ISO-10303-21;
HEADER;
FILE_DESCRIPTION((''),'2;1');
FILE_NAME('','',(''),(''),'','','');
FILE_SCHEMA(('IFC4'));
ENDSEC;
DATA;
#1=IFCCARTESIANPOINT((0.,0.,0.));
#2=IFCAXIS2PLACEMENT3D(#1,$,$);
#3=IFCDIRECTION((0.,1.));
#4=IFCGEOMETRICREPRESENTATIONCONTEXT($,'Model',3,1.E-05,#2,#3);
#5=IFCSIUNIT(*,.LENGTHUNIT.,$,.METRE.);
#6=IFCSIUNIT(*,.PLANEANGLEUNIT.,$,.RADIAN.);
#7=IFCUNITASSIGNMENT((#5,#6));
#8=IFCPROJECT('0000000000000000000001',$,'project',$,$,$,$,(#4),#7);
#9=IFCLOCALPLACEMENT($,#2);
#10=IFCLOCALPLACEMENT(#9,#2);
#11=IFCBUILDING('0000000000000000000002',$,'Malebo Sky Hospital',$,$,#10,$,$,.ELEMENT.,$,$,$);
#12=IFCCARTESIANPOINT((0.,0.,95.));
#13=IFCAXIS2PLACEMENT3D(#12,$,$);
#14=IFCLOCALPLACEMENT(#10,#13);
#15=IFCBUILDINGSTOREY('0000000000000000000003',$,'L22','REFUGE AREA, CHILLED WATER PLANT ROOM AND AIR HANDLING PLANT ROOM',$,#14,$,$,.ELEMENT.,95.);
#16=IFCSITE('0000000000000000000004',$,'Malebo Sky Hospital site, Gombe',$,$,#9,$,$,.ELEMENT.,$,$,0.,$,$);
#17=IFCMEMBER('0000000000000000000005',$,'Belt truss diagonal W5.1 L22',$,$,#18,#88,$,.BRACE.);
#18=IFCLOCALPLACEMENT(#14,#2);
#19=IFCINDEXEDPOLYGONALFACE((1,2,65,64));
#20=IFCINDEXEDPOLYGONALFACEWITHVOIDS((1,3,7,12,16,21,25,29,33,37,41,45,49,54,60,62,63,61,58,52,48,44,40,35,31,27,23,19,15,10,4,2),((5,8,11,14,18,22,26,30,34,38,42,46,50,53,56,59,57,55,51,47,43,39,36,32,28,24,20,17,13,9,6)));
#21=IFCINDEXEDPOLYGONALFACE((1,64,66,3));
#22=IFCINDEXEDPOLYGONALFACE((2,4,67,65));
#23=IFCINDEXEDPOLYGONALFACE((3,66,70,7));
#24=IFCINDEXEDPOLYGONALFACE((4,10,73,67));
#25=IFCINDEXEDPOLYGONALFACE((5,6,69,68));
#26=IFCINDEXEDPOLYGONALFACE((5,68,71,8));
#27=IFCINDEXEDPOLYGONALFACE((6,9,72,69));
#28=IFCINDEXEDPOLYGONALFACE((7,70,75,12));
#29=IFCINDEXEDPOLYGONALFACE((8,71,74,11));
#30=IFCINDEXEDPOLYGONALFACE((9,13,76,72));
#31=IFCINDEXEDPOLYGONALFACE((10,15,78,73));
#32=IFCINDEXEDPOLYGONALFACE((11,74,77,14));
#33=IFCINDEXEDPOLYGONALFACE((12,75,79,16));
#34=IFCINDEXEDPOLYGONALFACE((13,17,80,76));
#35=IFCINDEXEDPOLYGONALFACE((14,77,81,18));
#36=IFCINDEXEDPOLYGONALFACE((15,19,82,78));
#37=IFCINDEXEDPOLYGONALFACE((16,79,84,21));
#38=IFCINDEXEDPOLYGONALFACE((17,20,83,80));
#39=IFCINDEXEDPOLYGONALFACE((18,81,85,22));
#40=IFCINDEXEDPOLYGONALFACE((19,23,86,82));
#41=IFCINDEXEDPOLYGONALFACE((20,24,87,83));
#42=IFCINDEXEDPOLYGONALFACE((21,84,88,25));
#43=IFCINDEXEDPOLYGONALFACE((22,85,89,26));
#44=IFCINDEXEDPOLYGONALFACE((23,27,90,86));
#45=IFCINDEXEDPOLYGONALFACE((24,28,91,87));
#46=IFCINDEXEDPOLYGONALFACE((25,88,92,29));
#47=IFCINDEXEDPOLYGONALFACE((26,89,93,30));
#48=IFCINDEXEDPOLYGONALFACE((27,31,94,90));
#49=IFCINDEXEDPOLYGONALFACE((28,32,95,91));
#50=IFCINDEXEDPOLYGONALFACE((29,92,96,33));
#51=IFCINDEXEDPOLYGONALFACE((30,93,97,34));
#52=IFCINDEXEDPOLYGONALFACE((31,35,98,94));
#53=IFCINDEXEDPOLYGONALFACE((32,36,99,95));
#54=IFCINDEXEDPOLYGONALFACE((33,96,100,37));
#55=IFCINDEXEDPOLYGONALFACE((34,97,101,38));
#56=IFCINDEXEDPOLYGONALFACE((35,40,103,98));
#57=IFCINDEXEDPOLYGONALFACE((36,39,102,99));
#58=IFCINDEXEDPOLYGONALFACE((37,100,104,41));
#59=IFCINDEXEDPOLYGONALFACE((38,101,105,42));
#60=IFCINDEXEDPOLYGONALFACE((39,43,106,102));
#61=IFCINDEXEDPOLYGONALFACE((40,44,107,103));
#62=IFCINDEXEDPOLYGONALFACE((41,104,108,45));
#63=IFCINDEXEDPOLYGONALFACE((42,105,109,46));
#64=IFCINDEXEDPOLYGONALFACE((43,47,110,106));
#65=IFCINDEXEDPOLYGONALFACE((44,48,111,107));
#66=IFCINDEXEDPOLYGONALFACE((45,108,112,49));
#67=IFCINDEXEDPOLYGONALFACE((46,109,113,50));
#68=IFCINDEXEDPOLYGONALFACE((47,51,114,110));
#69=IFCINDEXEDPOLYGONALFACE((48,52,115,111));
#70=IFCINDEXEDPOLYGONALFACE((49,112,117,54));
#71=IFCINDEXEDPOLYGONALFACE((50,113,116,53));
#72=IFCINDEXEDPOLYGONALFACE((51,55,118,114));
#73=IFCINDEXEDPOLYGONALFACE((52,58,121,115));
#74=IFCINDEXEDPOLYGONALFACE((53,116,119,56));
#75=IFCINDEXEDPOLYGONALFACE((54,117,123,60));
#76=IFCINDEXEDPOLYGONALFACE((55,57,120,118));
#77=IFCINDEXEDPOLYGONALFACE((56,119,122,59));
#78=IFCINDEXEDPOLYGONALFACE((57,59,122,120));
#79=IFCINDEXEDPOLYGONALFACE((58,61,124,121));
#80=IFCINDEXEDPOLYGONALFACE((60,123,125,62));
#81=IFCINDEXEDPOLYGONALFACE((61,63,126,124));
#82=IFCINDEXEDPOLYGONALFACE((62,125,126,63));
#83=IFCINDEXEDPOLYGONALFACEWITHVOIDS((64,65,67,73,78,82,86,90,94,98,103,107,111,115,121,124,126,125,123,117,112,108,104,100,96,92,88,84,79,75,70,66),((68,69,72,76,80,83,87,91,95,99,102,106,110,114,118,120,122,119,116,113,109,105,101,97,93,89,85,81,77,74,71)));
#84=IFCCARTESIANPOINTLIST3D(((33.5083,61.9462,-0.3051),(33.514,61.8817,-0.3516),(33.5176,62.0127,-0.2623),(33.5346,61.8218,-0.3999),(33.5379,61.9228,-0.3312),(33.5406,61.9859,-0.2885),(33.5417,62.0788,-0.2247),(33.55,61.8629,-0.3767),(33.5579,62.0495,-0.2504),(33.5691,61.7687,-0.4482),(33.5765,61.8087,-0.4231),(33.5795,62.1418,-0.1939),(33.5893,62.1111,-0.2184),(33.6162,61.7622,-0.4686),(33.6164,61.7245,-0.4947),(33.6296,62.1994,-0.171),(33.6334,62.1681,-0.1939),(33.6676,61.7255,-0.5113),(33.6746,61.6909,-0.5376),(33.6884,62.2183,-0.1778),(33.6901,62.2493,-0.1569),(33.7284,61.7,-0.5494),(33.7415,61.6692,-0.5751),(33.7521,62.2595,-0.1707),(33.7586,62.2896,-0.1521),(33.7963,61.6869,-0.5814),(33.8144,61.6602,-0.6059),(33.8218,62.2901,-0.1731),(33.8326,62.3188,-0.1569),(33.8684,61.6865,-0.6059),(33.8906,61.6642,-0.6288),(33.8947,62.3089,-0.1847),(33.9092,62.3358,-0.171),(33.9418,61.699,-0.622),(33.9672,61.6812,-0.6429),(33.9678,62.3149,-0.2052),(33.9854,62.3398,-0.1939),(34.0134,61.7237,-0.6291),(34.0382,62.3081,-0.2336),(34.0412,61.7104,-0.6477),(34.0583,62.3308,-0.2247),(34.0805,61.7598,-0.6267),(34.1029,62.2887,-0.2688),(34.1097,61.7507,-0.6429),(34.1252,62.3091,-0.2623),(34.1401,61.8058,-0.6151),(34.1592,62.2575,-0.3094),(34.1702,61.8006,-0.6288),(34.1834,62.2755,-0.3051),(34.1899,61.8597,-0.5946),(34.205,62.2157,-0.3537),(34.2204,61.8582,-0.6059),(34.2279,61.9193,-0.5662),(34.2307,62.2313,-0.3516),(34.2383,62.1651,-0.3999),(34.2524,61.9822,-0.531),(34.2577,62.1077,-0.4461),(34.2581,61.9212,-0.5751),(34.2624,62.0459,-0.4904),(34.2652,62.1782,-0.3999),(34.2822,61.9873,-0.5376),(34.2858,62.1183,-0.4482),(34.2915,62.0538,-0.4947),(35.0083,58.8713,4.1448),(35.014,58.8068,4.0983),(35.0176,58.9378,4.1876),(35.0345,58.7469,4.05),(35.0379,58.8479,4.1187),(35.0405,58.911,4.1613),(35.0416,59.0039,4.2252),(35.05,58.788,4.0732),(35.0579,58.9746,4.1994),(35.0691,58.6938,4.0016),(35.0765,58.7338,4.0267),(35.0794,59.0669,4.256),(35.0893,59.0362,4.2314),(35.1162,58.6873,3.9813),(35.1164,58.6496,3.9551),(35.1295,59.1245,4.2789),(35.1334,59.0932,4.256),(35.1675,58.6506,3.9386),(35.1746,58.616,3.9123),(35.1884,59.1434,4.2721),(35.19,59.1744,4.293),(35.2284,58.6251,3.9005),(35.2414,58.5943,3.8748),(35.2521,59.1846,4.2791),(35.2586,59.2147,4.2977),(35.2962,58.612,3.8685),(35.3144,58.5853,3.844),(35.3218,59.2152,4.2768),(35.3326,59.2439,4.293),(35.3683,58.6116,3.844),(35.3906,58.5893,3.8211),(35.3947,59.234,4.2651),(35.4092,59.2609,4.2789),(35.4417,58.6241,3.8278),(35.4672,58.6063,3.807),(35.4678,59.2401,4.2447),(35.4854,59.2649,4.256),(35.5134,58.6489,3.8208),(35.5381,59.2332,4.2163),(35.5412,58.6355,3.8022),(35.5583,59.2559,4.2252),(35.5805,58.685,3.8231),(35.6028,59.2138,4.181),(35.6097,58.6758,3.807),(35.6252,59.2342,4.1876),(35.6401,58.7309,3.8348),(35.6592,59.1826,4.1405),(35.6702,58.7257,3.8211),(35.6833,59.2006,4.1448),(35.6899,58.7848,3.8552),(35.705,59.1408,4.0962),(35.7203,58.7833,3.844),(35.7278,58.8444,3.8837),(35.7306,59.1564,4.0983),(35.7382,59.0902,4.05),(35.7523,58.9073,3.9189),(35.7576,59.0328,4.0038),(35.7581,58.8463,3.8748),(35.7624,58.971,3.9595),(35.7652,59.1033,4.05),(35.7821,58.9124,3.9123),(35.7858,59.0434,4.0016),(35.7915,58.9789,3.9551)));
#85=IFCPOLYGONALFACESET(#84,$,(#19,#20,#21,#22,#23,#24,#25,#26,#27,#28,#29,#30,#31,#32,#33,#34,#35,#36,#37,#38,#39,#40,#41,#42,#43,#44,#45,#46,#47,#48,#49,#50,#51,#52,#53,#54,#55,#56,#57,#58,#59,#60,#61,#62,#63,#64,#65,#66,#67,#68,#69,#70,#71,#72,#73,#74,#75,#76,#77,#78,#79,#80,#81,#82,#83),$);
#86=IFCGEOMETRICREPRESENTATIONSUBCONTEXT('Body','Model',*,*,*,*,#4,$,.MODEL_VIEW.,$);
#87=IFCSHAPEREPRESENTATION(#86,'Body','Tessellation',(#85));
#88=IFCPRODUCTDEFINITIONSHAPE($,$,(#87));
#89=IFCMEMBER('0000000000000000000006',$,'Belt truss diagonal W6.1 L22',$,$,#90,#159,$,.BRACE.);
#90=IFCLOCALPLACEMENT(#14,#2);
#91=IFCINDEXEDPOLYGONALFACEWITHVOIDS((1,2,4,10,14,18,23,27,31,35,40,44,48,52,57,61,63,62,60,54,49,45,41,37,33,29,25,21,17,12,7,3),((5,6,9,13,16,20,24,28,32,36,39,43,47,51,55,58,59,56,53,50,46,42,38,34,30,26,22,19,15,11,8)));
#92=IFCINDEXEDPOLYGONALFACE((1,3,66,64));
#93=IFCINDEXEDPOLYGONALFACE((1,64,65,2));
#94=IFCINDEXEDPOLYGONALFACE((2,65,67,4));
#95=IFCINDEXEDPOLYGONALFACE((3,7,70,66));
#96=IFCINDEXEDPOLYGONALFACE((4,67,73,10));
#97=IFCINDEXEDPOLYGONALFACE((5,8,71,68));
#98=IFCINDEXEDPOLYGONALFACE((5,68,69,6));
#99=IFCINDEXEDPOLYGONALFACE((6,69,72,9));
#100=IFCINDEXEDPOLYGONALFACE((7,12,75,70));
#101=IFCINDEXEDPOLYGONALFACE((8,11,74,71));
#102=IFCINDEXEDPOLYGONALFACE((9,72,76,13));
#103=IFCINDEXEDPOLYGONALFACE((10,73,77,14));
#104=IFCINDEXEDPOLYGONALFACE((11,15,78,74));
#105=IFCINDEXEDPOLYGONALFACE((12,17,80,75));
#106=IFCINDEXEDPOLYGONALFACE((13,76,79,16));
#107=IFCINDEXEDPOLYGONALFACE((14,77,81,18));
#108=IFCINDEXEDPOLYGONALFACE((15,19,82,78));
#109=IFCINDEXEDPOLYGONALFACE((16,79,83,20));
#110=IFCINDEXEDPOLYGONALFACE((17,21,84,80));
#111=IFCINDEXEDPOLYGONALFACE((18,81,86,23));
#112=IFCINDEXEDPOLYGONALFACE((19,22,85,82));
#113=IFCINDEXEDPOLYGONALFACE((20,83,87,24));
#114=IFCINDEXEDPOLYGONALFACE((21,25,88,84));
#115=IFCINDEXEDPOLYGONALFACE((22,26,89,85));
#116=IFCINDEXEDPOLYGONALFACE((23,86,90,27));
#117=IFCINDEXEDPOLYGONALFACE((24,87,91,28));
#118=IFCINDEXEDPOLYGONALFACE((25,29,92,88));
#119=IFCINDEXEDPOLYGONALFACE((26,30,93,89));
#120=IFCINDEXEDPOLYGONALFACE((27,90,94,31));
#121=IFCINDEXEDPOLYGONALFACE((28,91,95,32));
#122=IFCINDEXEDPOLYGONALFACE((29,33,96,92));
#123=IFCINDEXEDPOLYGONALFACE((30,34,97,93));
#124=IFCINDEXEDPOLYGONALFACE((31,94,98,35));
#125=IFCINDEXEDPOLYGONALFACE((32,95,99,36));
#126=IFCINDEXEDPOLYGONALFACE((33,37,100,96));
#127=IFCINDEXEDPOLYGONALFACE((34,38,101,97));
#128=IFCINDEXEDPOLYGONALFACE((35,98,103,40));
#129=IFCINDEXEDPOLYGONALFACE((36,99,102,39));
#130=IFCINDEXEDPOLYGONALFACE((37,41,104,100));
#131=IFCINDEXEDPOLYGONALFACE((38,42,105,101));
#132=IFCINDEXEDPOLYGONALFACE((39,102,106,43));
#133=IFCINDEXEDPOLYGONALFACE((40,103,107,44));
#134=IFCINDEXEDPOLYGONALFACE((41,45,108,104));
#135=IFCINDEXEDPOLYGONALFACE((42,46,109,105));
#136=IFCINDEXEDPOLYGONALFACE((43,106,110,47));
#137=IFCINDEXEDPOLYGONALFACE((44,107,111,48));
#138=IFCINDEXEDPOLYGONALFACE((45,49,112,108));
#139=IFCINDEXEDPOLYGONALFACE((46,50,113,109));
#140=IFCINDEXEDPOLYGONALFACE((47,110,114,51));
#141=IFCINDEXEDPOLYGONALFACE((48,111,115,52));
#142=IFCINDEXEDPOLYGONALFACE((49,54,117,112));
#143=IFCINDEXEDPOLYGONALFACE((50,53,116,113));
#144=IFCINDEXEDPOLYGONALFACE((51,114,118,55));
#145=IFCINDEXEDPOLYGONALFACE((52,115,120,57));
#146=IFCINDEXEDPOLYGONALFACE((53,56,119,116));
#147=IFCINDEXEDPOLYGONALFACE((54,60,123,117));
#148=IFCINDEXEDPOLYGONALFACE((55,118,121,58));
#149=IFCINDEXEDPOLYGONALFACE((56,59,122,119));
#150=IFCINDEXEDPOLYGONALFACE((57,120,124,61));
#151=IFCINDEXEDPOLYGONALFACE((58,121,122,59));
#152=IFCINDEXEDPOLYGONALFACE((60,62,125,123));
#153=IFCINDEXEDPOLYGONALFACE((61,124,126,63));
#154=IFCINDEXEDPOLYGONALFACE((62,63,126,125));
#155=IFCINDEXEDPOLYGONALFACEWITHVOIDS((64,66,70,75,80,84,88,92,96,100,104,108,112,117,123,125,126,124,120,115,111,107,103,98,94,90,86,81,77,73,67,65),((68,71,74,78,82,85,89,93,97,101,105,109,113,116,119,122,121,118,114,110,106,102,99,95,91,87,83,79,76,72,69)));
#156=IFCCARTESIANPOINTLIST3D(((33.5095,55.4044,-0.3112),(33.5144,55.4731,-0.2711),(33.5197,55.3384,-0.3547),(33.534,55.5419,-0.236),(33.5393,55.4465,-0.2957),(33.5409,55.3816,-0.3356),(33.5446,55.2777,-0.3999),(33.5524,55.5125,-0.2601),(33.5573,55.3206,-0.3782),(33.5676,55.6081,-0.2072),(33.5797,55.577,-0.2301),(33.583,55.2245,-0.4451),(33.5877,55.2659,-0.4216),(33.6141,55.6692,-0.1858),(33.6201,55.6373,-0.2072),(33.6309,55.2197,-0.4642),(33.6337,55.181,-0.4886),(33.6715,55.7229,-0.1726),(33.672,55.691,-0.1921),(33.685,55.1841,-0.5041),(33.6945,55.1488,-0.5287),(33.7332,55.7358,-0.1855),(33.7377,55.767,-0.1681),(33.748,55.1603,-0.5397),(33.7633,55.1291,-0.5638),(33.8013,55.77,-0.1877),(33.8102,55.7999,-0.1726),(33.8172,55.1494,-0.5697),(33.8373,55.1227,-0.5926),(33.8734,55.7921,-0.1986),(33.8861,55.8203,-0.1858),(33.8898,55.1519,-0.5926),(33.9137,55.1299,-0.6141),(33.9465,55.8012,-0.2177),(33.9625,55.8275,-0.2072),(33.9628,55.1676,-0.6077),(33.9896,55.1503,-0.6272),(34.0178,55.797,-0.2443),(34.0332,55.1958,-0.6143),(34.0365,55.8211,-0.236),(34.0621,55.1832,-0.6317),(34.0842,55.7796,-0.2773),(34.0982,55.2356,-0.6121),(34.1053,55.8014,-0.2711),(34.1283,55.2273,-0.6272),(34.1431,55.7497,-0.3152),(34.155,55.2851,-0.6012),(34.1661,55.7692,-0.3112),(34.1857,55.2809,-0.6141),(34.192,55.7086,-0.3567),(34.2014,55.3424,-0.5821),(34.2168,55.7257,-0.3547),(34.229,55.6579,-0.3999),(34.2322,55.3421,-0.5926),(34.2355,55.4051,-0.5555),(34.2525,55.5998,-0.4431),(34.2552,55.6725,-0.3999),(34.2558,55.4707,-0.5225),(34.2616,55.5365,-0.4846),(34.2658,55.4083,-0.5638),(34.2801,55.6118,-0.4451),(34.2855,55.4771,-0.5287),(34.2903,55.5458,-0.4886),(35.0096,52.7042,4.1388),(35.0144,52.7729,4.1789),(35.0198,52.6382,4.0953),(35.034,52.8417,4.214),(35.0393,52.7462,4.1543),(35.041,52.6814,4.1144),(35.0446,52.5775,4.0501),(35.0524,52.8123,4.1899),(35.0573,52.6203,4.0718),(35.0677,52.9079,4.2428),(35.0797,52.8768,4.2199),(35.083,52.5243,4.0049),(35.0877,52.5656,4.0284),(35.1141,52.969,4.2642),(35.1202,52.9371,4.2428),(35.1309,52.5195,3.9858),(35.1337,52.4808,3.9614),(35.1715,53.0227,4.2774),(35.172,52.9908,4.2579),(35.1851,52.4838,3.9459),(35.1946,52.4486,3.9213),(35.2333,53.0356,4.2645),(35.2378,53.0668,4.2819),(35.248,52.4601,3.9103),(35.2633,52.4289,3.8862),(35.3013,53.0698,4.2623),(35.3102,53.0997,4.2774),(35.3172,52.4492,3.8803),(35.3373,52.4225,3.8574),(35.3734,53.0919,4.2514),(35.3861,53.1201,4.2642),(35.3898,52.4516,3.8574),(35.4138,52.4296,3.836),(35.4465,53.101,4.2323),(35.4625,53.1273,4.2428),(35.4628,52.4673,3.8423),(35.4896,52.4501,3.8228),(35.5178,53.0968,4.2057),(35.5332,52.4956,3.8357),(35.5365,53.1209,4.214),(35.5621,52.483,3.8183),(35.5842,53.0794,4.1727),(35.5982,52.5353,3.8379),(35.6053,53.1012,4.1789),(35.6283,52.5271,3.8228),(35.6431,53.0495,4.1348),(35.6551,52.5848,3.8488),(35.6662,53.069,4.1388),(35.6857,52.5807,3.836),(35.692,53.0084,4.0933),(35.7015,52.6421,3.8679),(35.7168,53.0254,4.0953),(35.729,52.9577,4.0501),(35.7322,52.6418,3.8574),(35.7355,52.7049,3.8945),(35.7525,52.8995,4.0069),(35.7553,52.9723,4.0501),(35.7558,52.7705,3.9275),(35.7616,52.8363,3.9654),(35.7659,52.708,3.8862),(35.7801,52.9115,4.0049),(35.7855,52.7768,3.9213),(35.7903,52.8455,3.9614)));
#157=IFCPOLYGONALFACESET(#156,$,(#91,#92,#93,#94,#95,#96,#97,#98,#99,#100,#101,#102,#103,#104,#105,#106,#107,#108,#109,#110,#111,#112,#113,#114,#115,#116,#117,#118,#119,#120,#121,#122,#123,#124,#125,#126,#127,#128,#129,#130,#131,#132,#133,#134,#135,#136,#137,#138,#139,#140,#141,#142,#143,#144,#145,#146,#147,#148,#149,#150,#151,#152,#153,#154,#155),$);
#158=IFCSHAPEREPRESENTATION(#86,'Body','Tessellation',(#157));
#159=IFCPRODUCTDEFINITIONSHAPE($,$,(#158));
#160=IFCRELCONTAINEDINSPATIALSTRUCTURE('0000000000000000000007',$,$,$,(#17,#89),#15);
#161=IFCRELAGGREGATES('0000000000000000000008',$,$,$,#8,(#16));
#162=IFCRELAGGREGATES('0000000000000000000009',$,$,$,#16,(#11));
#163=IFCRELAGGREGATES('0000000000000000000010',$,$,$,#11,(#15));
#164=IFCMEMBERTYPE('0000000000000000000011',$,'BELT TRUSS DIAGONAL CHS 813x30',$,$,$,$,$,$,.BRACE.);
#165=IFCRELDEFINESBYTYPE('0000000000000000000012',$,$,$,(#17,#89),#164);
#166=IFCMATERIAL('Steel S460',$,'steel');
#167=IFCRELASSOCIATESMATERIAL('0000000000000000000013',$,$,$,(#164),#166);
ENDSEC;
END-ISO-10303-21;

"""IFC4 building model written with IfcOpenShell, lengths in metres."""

from ifc_helpers import new_model, si_unit, direction, frame, origin, origin_2d, place, context, subcontext, project, spatial, hollow_circle, extrude, material, material_profile, profile_set, type_object, element, save


model = new_model("IFC4")

# Units and contexts
model_context = context("Model", 3, precision=1e-05, world=origin(), true_north=direction((0.0, 1.0)))
body_context = subcontext(model_context, "Body", "Model", "MODEL_VIEW")
ifc_project = project(units=[si_unit("LENGTHUNIT", "METRE"), si_unit("PLANEANGLEUNIT", "RADIAN")], contexts=[model_context])

# Site, building, storey
site_placement = place(None, origin())
site = spatial("IfcSite", under=ifc_project, at=site_placement, Name="Malebo Sky Hospital site, Gombe", CompositionType="ELEMENT", RefElevation=0.0)
building_placement = place(site_placement, origin())
building = spatial("IfcBuilding", under=site, at=building_placement, Name="Malebo Sky Hospital", CompositionType="ELEMENT")
storey_placement = place(building_placement, frame((0.0, 0.0, 95.0)))
storey = spatial("IfcBuildingStorey", under=building, at=storey_placement, Name="L22", Description="REFUGE AREA, CHILLED WATER PLANT ROOM AND AIR HANDLING PLANT ROOM", CompositionType="ELEMENT", Elevation=95.0)

# Members
ifc_material_1 = material(Name="Steel S460", Category="steel")
ifc_material_profile_1 = material_profile(ifc_material_1, hollow_circle(Radius=0.4065, WallThickness=0.03, at=origin_2d()), Name="CHS 813x30")
ifc_profile_set_1 = profile_set([ifc_material_profile_1], Name="Steel S460")
member_type_1 = type_object("IfcMemberType", Name="BELT TRUSS DIAGONAL CHS 813x30", PredefinedType="BRACE", material=ifc_profile_set_1)
member_1_placement = place(storey_placement, frame((33.8999, 62.0, -0.3999), z_axis=(0.26723, -0.547813, 0.792773), x_axis=(0.898766, 0.438429, 0.0)))
element("IfcMember", 1, at=member_1_placement, inside=storey, type_object=member_type_1, Name="Belt truss diagonal W5.1 L22", PredefinedType="BRACE", context=body_context, shape_type="SweptSolid", body=[
    extrude(hollow_circle(Radius=0.4065, WallThickness=0.03, at=origin_2d()), origin(), (0.0, 0.0, 1.0), 5.613),
])
member_2_placement = place(storey_placement, frame((33.8999, 55.4751, -0.3999), z_axis=(0.27691, -0.498473, 0.82149), x_axis=(0.874172, 0.485616, 0.0)))
element("IfcMember", 2, at=member_2_placement, inside=storey, type_object=member_type_1, Name="Belt truss diagonal W6.1 L22", PredefinedType="BRACE", context=body_context, shape_type="SweptSolid", body=[
    extrude(hollow_circle(Radius=0.4065, WallThickness=0.03, at=origin_2d()), origin(), (0.0, 0.0, 1.0), 5.417),
])

save(model, "model.ifc")
